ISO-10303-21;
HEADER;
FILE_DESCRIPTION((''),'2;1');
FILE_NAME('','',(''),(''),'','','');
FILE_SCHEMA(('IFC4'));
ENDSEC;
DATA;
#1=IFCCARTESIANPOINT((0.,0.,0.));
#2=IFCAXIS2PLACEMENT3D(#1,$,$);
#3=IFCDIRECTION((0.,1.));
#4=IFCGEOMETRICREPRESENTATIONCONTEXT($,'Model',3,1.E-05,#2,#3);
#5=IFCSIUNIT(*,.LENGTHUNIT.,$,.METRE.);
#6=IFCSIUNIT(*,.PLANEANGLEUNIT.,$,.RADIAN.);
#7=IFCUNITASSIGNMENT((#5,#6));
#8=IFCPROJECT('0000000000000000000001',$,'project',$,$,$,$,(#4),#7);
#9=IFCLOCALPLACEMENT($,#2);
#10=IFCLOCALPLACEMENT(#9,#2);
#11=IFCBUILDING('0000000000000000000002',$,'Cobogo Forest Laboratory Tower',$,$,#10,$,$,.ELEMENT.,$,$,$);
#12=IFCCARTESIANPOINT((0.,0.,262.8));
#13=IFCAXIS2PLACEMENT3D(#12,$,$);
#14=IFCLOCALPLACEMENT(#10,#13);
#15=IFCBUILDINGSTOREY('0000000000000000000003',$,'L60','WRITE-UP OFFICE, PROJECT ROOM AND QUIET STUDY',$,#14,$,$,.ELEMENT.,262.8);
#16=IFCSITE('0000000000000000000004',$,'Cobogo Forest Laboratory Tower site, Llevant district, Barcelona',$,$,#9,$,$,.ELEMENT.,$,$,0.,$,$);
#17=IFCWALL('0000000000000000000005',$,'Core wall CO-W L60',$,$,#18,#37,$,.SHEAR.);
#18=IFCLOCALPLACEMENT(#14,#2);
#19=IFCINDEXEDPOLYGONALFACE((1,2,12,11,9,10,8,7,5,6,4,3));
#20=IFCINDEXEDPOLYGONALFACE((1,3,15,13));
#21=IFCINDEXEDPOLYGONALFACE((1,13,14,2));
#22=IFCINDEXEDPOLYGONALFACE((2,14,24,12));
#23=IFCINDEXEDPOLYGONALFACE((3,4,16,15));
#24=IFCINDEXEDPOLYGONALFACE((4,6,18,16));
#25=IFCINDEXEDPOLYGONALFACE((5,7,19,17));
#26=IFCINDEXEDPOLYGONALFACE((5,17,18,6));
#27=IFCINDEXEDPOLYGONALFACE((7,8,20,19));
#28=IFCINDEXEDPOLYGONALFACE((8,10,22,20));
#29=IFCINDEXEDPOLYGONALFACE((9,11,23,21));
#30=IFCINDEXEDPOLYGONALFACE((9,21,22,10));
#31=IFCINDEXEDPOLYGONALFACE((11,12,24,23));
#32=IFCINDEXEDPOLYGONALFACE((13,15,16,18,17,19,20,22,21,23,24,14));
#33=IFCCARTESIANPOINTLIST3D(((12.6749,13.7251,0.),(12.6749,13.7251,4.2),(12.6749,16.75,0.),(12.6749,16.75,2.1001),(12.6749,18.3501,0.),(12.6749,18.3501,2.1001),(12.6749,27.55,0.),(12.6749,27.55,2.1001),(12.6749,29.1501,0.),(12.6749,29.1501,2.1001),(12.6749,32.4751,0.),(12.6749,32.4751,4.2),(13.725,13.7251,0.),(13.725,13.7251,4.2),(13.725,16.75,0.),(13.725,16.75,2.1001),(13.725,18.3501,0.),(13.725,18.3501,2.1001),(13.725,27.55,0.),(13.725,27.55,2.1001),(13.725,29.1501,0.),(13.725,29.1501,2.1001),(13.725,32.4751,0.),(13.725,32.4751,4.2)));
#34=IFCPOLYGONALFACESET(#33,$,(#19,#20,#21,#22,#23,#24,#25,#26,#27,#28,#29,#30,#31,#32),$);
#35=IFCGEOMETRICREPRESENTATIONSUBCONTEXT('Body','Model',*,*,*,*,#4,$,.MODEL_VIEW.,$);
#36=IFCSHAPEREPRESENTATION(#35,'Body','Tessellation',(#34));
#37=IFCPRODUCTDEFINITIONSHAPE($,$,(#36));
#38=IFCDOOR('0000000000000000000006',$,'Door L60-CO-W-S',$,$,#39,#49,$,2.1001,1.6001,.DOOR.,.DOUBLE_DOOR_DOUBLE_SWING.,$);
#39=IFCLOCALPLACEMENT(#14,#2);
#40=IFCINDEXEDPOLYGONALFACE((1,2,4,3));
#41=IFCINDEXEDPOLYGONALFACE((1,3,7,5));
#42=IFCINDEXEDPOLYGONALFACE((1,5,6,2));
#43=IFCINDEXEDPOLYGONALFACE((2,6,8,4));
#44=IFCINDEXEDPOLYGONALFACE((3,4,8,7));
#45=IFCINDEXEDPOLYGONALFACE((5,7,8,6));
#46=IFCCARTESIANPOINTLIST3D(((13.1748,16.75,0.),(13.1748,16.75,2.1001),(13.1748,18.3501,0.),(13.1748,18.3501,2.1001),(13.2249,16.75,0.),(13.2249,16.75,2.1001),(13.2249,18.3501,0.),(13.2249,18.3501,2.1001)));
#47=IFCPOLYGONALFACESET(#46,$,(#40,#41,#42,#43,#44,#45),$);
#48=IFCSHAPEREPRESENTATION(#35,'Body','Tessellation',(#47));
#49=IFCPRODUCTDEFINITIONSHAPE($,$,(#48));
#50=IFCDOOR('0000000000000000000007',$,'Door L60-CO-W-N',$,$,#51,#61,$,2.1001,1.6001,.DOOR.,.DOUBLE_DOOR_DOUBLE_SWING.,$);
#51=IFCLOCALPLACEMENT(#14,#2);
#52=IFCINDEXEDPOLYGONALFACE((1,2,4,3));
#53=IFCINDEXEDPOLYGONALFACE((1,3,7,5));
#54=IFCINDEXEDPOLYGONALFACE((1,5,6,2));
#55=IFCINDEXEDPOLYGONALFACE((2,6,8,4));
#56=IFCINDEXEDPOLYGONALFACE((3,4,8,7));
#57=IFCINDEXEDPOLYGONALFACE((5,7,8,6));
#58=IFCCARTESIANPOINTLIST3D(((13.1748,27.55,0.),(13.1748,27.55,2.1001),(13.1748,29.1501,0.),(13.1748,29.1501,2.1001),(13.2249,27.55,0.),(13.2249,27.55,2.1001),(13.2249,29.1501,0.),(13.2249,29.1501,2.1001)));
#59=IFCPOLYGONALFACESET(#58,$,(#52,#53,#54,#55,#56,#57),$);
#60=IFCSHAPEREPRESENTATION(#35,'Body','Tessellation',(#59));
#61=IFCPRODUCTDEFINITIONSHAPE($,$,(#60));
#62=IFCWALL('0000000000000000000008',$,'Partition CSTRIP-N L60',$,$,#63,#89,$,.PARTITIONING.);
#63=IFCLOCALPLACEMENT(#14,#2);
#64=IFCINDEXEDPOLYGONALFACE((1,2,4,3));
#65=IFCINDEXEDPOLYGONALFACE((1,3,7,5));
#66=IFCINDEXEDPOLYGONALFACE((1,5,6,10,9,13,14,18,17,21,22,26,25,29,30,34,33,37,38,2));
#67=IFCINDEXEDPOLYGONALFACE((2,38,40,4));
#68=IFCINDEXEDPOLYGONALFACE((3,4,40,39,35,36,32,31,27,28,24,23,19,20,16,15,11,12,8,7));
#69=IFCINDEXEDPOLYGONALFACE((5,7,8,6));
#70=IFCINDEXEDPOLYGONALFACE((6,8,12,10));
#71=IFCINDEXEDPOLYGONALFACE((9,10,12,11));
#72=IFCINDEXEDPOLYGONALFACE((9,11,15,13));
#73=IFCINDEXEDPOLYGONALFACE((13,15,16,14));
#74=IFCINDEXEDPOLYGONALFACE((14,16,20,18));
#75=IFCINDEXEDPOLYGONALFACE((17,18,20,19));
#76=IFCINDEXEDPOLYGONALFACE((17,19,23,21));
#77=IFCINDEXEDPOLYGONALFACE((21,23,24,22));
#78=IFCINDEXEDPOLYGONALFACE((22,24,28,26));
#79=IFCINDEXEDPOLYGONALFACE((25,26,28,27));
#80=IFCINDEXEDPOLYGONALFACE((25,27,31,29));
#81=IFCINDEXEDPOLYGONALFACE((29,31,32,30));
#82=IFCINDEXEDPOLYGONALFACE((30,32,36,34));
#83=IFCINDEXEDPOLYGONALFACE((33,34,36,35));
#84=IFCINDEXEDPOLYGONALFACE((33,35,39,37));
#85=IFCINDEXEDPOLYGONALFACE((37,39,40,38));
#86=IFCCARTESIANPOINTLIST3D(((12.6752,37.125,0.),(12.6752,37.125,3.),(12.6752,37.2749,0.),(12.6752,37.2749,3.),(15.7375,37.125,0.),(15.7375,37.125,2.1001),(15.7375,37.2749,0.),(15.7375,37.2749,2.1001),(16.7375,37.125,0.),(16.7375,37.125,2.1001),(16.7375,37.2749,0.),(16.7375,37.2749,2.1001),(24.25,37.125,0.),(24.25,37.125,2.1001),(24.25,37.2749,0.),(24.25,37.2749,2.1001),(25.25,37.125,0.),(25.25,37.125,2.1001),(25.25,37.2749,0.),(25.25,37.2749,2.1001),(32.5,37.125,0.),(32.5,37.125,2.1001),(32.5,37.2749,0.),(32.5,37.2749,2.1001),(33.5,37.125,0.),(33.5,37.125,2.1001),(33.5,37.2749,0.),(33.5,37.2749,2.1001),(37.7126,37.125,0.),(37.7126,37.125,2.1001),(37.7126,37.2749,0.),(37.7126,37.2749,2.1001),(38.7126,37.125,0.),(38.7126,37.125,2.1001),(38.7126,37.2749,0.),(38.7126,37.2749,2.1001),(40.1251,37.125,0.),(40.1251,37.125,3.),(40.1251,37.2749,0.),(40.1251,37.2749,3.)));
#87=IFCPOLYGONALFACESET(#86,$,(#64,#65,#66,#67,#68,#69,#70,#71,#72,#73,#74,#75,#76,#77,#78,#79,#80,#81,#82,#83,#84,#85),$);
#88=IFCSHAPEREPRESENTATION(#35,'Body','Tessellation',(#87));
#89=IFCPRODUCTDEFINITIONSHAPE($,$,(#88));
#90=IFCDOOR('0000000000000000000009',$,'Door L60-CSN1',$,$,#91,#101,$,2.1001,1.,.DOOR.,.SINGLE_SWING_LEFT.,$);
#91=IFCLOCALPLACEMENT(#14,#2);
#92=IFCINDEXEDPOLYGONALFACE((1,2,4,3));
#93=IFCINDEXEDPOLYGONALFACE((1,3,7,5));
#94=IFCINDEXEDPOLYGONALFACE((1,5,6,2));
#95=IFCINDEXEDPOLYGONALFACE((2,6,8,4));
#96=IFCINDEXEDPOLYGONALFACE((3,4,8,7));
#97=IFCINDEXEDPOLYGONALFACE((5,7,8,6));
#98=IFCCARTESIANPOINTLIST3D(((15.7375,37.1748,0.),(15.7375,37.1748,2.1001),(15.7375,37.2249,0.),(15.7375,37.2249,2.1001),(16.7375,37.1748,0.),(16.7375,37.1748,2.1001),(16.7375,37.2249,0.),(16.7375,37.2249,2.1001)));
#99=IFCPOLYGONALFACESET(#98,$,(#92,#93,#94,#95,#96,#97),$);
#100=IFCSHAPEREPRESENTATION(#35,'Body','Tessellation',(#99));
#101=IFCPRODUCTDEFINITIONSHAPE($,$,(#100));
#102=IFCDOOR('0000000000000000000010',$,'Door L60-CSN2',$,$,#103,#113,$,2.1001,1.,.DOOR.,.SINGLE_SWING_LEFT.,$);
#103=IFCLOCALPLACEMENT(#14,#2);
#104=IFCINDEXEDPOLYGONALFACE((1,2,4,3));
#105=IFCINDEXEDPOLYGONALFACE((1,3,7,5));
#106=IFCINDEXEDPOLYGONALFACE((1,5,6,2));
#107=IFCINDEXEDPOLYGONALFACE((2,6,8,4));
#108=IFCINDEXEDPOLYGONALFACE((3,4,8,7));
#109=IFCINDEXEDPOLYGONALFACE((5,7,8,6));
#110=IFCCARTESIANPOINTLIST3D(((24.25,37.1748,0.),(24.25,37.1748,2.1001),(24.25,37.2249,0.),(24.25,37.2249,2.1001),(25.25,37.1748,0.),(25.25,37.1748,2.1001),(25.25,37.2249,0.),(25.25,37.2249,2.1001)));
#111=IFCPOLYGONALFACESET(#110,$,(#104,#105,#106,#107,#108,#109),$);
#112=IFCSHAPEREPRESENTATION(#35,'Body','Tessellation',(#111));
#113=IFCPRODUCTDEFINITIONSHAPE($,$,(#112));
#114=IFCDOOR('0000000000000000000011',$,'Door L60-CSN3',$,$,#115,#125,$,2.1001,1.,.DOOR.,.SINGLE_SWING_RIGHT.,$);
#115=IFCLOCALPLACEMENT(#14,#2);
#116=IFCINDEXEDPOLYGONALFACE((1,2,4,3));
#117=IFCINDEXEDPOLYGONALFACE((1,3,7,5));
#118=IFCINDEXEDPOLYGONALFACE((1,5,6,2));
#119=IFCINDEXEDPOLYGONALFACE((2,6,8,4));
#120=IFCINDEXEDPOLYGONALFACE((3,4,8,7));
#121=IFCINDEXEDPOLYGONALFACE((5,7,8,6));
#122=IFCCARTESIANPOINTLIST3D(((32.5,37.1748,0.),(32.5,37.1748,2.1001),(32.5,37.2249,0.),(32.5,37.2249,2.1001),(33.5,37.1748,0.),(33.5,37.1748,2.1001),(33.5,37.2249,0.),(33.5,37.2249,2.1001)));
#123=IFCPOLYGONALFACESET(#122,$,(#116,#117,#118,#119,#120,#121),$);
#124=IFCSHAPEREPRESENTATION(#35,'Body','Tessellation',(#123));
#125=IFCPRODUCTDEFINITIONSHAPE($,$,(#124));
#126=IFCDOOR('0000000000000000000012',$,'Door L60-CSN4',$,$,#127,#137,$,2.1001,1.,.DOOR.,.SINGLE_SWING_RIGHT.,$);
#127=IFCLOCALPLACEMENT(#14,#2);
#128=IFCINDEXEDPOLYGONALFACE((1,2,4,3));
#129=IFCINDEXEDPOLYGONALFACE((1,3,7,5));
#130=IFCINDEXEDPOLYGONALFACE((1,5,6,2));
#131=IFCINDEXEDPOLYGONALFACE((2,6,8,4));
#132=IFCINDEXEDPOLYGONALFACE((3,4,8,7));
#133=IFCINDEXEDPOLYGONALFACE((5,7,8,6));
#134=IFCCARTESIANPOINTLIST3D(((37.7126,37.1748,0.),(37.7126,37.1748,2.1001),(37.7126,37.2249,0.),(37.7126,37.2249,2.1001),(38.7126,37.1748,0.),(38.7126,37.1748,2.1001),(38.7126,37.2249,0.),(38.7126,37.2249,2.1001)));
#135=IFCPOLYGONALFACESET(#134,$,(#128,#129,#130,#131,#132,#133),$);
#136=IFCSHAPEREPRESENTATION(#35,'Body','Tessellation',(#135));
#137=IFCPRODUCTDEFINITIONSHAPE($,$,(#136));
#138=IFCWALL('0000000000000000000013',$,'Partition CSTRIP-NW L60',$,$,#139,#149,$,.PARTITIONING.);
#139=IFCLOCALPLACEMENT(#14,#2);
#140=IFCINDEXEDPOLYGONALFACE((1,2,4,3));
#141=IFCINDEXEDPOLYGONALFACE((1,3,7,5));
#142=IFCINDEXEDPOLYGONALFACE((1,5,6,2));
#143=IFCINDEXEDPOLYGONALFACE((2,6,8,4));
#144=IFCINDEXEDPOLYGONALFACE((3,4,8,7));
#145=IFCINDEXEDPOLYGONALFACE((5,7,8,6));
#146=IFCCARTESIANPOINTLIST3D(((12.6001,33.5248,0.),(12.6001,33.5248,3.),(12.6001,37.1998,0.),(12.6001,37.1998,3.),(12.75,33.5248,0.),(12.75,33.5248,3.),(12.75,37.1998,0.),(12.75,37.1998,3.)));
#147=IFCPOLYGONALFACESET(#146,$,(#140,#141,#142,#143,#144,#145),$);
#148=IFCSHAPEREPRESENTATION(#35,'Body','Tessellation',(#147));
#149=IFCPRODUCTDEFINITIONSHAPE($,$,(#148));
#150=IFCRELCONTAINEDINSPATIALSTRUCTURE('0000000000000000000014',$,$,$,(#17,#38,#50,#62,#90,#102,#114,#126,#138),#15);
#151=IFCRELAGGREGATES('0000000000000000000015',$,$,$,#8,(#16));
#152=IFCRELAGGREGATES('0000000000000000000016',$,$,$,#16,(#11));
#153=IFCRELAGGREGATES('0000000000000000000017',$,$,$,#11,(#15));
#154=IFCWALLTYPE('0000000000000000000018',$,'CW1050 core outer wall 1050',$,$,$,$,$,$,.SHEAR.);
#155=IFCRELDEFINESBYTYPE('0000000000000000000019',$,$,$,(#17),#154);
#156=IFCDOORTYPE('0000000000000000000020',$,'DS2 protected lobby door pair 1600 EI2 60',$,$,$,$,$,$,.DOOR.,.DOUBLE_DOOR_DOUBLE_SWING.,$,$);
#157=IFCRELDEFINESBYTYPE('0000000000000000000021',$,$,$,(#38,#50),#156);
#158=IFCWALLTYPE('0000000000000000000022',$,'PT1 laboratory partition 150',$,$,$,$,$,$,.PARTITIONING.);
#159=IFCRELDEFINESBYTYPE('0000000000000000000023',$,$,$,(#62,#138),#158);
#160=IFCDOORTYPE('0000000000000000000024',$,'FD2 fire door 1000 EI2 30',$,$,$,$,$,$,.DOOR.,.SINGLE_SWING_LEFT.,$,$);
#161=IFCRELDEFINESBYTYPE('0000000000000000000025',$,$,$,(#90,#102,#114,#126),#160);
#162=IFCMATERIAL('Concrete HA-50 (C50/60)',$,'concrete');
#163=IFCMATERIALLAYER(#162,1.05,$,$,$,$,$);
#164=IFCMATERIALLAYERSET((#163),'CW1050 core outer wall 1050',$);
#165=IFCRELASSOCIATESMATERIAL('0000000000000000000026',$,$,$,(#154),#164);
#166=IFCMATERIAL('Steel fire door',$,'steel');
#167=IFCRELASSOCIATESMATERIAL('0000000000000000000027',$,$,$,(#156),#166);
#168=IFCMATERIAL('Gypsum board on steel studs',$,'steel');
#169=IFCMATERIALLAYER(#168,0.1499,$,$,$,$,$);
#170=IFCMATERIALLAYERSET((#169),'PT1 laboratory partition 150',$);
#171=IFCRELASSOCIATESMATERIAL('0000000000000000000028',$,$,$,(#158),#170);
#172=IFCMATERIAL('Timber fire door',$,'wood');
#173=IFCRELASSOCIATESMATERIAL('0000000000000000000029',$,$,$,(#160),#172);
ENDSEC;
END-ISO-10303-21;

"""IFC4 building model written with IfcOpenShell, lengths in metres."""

from ifc_helpers import new_model, si_unit, direction, frame, frame_2d, origin, place, context, subcontext, project, spatial, rectangle, extrude, material, layer, layer_set, type_object, element, fill, save


model = new_model("IFC4")

# Units and contexts
model_context = context("Model", 3, precision=1e-05, world=origin(), true_north=direction((0.0, 1.0)))
body_context = subcontext(model_context, "Body", "Model", "MODEL_VIEW")
ifc_project = project(units=[si_unit("LENGTHUNIT", "METRE"), si_unit("PLANEANGLEUNIT", "RADIAN")], contexts=[model_context])

# Site, building, storey
site_placement = place(None, origin())
site = spatial("IfcSite", under=ifc_project, at=site_placement, Name="Cobogo Forest Laboratory Tower site, Llevant district, Barcelona", CompositionType="ELEMENT", RefElevation=0.0)
building_placement = place(site_placement, origin())
building = spatial("IfcBuilding", under=site, at=building_placement, Name="Cobogo Forest Laboratory Tower", CompositionType="ELEMENT")
storey_placement = place(building_placement, frame((0.0, 0.0, 262.8)))
storey = spatial("IfcBuildingStorey", under=building, at=storey_placement, Name="L60", Description="WRITE-UP OFFICE, PROJECT ROOM AND QUIET STUDY", CompositionType="ELEMENT", Elevation=262.8)

# Walls, openings, doors
ifc_material_1 = material(Name="Concrete HA-50 (C50/60)", Category="concrete")
ifc_material_2 = material(Name="Steel fire door", Category="steel")
ifc_layer_1 = layer(ifc_material_1, 1.05)
ifc_layer_set_1 = layer_set([ifc_layer_1], Name="CW1050 core outer wall 1050")
wall_type_1 = type_object("IfcWallType", Name="CW1050 core outer wall 1050", PredefinedType="SHEAR", material=ifc_layer_set_1)
wall_1_placement = place(storey_placement, frame((13.2, 32.4751, 0.0), z_axis=(0.0, 0.0, 1.0), x_axis=(0.0, -1.0, 0.0)))
wall_1 = element("IfcWall", 1, at=wall_1_placement, inside=storey, type_object=wall_type_1, Name="Core wall CO-W L60", PredefinedType="SHEAR", context=body_context, shape_type="SweptSolid", body=[
    extrude(rectangle(XDim=18.75, YDim=1.05, at=frame_2d((9.375, 0.0))), origin(), (0.0, 0.0, 1.0), 4.2),
])
opening_1_placement = place(wall_1_placement, frame((14.125, 0.0, 0.0)))
opening_1 = element("IfcOpeningElement", 2, at=opening_1_placement, cuts=wall_1, PredefinedType="OPENING", context=body_context, shape_type="SweptSolid", body=[
    extrude(rectangle(XDim=1.6001, YDim=2.1001, at=frame_2d((0.8, 1.05))), frame((0.0, 0.5349, 0.0), z_axis=(0.0, -1.0, 0.0), x_axis=(1.0, 0.0, 0.0)), (0.0, 0.0, 1.0), 1.0701),
])
opening_2_placement = place(wall_1_placement, frame((3.325, 0.0, 0.0)))
opening_2 = element("IfcOpeningElement", 3, at=opening_2_placement, cuts=wall_1, PredefinedType="OPENING", context=body_context, shape_type="SweptSolid", body=[
    extrude(rectangle(XDim=1.6001, YDim=2.1001, at=frame_2d((0.8, 1.05))), frame((0.0, 0.5349, 0.0), z_axis=(0.0, -1.0, 0.0), x_axis=(1.0, 0.0, 0.0)), (0.0, 0.0, 1.0), 1.0701),
])
door_type_1 = type_object("IfcDoorType", Name="DS2 protected lobby door pair 1600 EI2 60", OperationType="DOUBLE_DOOR_DOUBLE_SWING", PredefinedType="DOOR", material=ifc_material_2)
door_1_placement = place(opening_1_placement, origin())
door_1 = element("IfcDoor", 4, at=door_1_placement, inside=storey, type_object=door_type_1, Name="Door L60-CO-W-S", OperationType="DOUBLE_DOOR_DOUBLE_SWING", OverallHeight=2.1001, OverallWidth=1.6001, PredefinedType="DOOR", context=body_context, shape_type="SweptSolid", body=[
    extrude(rectangle(XDim=1.6001, YDim=2.1001, at=frame_2d((0.8, 1.05))), frame((0.0, 0.0249, 0.0), z_axis=(0.0, -1.0, 0.0), x_axis=(1.0, 0.0, 0.0)), (0.0, 0.0, 1.0), 0.05),
])
fill(opening_1, door_1)
door_2_placement = place(opening_2_placement, origin())
door_2 = element("IfcDoor", 5, at=door_2_placement, inside=storey, type_object=door_type_1, Name="Door L60-CO-W-N", OperationType="DOUBLE_DOOR_DOUBLE_SWING", OverallHeight=2.1001, OverallWidth=1.6001, PredefinedType="DOOR", context=body_context, shape_type="SweptSolid", body=[
    extrude(rectangle(XDim=1.6001, YDim=2.1001, at=frame_2d((0.8, 1.05))), frame((0.0, 0.0249, 0.0), z_axis=(0.0, -1.0, 0.0), x_axis=(1.0, 0.0, 0.0)), (0.0, 0.0, 1.0), 0.05),
])
fill(opening_2, door_2)
ifc_material_3 = material(Name="Gypsum board on steel studs", Category="steel")
ifc_layer_2 = layer(ifc_material_3, 0.1499)
ifc_layer_set_2 = layer_set([ifc_layer_2], Name="PT1 laboratory partition 150")
wall_type_2 = type_object("IfcWallType", Name="PT1 laboratory partition 150", PredefinedType="PARTITIONING", material=ifc_layer_set_2)
wall_2_placement = place(storey_placement, frame((12.675, 37.2, 0.0), z_axis=(0.0, 0.0, 1.0), x_axis=(1.0, 0.0, 0.0)))
wall_2 = element("IfcWall", 6, at=wall_2_placement, inside=storey, type_object=wall_type_2, Name="Partition CSTRIP-N L60", PredefinedType="PARTITIONING", context=body_context, shape_type="SweptSolid", body=[
    extrude(rectangle(XDim=27.45, YDim=0.1499, at=frame_2d((13.7251, 0.0))), origin(), (0.0, 0.0, 1.0), 3.0),
])
opening_3_placement = place(wall_2_placement, frame((3.0625, 0.0, 0.0)))
opening_3 = element("IfcOpeningElement", 7, at=opening_3_placement, cuts=wall_2, PredefinedType="OPENING", context=body_context, shape_type="SweptSolid", body=[
    extrude(rectangle(XDim=1.0, YDim=2.1001, at=frame_2d((0.5, 1.05))), frame((0.0, 0.085, 0.0), z_axis=(0.0, -1.0, 0.0), x_axis=(1.0, 0.0, 0.0)), (0.0, 0.0, 1.0), 0.1699),
])
opening_4_placement = place(wall_2_placement, frame((11.575, 0.0, 0.0)))
opening_4 = element("IfcOpeningElement", 8, at=opening_4_placement, cuts=wall_2, PredefinedType="OPENING", context=body_context, shape_type="SweptSolid", body=[
    extrude(rectangle(XDim=1.0, YDim=2.1001, at=frame_2d((0.5, 1.05))), frame((0.0, 0.085, 0.0), z_axis=(0.0, -1.0, 0.0), x_axis=(1.0, 0.0, 0.0)), (0.0, 0.0, 1.0), 0.1699),
])
opening_5_placement = place(wall_2_placement, frame((19.825, 0.0, 0.0)))
opening_5 = element("IfcOpeningElement", 9, at=opening_5_placement, cuts=wall_2, PredefinedType="OPENING", context=body_context, shape_type="SweptSolid", body=[
    extrude(rectangle(XDim=1.0, YDim=2.1001, at=frame_2d((0.5, 1.05))), frame((0.0, 0.085, 0.0), z_axis=(0.0, -1.0, 0.0), x_axis=(1.0, 0.0, 0.0)), (0.0, 0.0, 1.0), 0.1699),
])
opening_6_placement = place(wall_2_placement, frame((25.0376, 0.0, 0.0)))
opening_6 = element("IfcOpeningElement", 10, at=opening_6_placement, cuts=wall_2, PredefinedType="OPENING", context=body_context, shape_type="SweptSolid", body=[
    extrude(rectangle(XDim=1.0, YDim=2.1001, at=frame_2d((0.5, 1.05))), frame((0.0, 0.085, 0.0), z_axis=(0.0, -1.0, 0.0), x_axis=(1.0, 0.0, 0.0)), (0.0, 0.0, 1.0), 0.1699),
])
ifc_material_4 = material(Name="Timber fire door", Category="wood")
door_type_2 = type_object("IfcDoorType", Name="FD2 fire door 1000 EI2 30", OperationType="SINGLE_SWING_LEFT", PredefinedType="DOOR", material=ifc_material_4)
door_3_placement = place(opening_3_placement, origin())
door_3 = element("IfcDoor", 11, at=door_3_placement, inside=storey, type_object=door_type_2, Name="Door L60-CSN1", OperationType="SINGLE_SWING_LEFT", OverallHeight=2.1001, OverallWidth=1.0, PredefinedType="DOOR", context=body_context, shape_type="SweptSolid", body=[
    extrude(rectangle(XDim=1.0, YDim=2.1001, at=frame_2d((0.5, 1.05))), frame((0.0, 0.0249, 0.0), z_axis=(0.0, -1.0, 0.0), x_axis=(1.0, 0.0, 0.0)), (0.0, 0.0, 1.0), 0.05),
])
fill(opening_3, door_3)
door_4_placement = place(opening_4_placement, origin())
door_4 = element("IfcDoor", 12, at=door_4_placement, inside=storey, type_object=door_type_2, Name="Door L60-CSN2", OperationType="SINGLE_SWING_LEFT", OverallHeight=2.1001, OverallWidth=1.0, PredefinedType="DOOR", context=body_context, shape_type="SweptSolid", body=[
    extrude(rectangle(XDim=1.0, YDim=2.1001, at=frame_2d((0.5, 1.05))), frame((0.0, 0.0249, 0.0), z_axis=(0.0, -1.0, 0.0), x_axis=(1.0, 0.0, 0.0)), (0.0, 0.0, 1.0), 0.05),
])
fill(opening_4, door_4)
door_5_placement = place(opening_5_placement, origin())
door_5 = element("IfcDoor", 13, at=door_5_placement, inside=storey, type_object=door_type_2, Name="Door L60-CSN3", OperationType="SINGLE_SWING_RIGHT", OverallHeight=2.1001, OverallWidth=1.0, PredefinedType="DOOR", context=body_context, shape_type="SweptSolid", body=[
    extrude(rectangle(XDim=1.0, YDim=2.1001, at=frame_2d((0.5, 1.05))), frame((0.0, 0.0249, 0.0), z_axis=(0.0, -1.0, 0.0), x_axis=(1.0, 0.0, 0.0)), (0.0, 0.0, 1.0), 0.05),
])
fill(opening_5, door_5)
door_6_placement = place(opening_6_placement, origin())
door_6 = element("IfcDoor", 14, at=door_6_placement, inside=storey, type_object=door_type_2, Name="Door L60-CSN4", OperationType="SINGLE_SWING_RIGHT", OverallHeight=2.1001, OverallWidth=1.0, PredefinedType="DOOR", context=body_context, shape_type="SweptSolid", body=[
    extrude(rectangle(XDim=1.0, YDim=2.1001, at=frame_2d((0.5, 1.05))), frame((0.0, 0.0249, 0.0), z_axis=(0.0, -1.0, 0.0), x_axis=(1.0, 0.0, 0.0)), (0.0, 0.0, 1.0), 0.05),
])
fill(opening_6, door_6)

# Wall
wall_3_placement = place(storey_placement, frame((12.675, 33.5249, 0.0), z_axis=(0.0, 0.0, 1.0), x_axis=(0.0, 1.0, 0.0)))
element("IfcWall", 15, at=wall_3_placement, inside=storey, type_object=wall_type_2, Name="Partition CSTRIP-NW L60", PredefinedType="PARTITIONING", context=body_context, shape_type="SweptSolid", body=[
    extrude(rectangle(XDim=3.675, YDim=0.1499, at=frame_2d((1.8374, 0.0))), origin(), (0.0, 0.0, 1.0), 3.0),
])

save(model, "model.ifc")
